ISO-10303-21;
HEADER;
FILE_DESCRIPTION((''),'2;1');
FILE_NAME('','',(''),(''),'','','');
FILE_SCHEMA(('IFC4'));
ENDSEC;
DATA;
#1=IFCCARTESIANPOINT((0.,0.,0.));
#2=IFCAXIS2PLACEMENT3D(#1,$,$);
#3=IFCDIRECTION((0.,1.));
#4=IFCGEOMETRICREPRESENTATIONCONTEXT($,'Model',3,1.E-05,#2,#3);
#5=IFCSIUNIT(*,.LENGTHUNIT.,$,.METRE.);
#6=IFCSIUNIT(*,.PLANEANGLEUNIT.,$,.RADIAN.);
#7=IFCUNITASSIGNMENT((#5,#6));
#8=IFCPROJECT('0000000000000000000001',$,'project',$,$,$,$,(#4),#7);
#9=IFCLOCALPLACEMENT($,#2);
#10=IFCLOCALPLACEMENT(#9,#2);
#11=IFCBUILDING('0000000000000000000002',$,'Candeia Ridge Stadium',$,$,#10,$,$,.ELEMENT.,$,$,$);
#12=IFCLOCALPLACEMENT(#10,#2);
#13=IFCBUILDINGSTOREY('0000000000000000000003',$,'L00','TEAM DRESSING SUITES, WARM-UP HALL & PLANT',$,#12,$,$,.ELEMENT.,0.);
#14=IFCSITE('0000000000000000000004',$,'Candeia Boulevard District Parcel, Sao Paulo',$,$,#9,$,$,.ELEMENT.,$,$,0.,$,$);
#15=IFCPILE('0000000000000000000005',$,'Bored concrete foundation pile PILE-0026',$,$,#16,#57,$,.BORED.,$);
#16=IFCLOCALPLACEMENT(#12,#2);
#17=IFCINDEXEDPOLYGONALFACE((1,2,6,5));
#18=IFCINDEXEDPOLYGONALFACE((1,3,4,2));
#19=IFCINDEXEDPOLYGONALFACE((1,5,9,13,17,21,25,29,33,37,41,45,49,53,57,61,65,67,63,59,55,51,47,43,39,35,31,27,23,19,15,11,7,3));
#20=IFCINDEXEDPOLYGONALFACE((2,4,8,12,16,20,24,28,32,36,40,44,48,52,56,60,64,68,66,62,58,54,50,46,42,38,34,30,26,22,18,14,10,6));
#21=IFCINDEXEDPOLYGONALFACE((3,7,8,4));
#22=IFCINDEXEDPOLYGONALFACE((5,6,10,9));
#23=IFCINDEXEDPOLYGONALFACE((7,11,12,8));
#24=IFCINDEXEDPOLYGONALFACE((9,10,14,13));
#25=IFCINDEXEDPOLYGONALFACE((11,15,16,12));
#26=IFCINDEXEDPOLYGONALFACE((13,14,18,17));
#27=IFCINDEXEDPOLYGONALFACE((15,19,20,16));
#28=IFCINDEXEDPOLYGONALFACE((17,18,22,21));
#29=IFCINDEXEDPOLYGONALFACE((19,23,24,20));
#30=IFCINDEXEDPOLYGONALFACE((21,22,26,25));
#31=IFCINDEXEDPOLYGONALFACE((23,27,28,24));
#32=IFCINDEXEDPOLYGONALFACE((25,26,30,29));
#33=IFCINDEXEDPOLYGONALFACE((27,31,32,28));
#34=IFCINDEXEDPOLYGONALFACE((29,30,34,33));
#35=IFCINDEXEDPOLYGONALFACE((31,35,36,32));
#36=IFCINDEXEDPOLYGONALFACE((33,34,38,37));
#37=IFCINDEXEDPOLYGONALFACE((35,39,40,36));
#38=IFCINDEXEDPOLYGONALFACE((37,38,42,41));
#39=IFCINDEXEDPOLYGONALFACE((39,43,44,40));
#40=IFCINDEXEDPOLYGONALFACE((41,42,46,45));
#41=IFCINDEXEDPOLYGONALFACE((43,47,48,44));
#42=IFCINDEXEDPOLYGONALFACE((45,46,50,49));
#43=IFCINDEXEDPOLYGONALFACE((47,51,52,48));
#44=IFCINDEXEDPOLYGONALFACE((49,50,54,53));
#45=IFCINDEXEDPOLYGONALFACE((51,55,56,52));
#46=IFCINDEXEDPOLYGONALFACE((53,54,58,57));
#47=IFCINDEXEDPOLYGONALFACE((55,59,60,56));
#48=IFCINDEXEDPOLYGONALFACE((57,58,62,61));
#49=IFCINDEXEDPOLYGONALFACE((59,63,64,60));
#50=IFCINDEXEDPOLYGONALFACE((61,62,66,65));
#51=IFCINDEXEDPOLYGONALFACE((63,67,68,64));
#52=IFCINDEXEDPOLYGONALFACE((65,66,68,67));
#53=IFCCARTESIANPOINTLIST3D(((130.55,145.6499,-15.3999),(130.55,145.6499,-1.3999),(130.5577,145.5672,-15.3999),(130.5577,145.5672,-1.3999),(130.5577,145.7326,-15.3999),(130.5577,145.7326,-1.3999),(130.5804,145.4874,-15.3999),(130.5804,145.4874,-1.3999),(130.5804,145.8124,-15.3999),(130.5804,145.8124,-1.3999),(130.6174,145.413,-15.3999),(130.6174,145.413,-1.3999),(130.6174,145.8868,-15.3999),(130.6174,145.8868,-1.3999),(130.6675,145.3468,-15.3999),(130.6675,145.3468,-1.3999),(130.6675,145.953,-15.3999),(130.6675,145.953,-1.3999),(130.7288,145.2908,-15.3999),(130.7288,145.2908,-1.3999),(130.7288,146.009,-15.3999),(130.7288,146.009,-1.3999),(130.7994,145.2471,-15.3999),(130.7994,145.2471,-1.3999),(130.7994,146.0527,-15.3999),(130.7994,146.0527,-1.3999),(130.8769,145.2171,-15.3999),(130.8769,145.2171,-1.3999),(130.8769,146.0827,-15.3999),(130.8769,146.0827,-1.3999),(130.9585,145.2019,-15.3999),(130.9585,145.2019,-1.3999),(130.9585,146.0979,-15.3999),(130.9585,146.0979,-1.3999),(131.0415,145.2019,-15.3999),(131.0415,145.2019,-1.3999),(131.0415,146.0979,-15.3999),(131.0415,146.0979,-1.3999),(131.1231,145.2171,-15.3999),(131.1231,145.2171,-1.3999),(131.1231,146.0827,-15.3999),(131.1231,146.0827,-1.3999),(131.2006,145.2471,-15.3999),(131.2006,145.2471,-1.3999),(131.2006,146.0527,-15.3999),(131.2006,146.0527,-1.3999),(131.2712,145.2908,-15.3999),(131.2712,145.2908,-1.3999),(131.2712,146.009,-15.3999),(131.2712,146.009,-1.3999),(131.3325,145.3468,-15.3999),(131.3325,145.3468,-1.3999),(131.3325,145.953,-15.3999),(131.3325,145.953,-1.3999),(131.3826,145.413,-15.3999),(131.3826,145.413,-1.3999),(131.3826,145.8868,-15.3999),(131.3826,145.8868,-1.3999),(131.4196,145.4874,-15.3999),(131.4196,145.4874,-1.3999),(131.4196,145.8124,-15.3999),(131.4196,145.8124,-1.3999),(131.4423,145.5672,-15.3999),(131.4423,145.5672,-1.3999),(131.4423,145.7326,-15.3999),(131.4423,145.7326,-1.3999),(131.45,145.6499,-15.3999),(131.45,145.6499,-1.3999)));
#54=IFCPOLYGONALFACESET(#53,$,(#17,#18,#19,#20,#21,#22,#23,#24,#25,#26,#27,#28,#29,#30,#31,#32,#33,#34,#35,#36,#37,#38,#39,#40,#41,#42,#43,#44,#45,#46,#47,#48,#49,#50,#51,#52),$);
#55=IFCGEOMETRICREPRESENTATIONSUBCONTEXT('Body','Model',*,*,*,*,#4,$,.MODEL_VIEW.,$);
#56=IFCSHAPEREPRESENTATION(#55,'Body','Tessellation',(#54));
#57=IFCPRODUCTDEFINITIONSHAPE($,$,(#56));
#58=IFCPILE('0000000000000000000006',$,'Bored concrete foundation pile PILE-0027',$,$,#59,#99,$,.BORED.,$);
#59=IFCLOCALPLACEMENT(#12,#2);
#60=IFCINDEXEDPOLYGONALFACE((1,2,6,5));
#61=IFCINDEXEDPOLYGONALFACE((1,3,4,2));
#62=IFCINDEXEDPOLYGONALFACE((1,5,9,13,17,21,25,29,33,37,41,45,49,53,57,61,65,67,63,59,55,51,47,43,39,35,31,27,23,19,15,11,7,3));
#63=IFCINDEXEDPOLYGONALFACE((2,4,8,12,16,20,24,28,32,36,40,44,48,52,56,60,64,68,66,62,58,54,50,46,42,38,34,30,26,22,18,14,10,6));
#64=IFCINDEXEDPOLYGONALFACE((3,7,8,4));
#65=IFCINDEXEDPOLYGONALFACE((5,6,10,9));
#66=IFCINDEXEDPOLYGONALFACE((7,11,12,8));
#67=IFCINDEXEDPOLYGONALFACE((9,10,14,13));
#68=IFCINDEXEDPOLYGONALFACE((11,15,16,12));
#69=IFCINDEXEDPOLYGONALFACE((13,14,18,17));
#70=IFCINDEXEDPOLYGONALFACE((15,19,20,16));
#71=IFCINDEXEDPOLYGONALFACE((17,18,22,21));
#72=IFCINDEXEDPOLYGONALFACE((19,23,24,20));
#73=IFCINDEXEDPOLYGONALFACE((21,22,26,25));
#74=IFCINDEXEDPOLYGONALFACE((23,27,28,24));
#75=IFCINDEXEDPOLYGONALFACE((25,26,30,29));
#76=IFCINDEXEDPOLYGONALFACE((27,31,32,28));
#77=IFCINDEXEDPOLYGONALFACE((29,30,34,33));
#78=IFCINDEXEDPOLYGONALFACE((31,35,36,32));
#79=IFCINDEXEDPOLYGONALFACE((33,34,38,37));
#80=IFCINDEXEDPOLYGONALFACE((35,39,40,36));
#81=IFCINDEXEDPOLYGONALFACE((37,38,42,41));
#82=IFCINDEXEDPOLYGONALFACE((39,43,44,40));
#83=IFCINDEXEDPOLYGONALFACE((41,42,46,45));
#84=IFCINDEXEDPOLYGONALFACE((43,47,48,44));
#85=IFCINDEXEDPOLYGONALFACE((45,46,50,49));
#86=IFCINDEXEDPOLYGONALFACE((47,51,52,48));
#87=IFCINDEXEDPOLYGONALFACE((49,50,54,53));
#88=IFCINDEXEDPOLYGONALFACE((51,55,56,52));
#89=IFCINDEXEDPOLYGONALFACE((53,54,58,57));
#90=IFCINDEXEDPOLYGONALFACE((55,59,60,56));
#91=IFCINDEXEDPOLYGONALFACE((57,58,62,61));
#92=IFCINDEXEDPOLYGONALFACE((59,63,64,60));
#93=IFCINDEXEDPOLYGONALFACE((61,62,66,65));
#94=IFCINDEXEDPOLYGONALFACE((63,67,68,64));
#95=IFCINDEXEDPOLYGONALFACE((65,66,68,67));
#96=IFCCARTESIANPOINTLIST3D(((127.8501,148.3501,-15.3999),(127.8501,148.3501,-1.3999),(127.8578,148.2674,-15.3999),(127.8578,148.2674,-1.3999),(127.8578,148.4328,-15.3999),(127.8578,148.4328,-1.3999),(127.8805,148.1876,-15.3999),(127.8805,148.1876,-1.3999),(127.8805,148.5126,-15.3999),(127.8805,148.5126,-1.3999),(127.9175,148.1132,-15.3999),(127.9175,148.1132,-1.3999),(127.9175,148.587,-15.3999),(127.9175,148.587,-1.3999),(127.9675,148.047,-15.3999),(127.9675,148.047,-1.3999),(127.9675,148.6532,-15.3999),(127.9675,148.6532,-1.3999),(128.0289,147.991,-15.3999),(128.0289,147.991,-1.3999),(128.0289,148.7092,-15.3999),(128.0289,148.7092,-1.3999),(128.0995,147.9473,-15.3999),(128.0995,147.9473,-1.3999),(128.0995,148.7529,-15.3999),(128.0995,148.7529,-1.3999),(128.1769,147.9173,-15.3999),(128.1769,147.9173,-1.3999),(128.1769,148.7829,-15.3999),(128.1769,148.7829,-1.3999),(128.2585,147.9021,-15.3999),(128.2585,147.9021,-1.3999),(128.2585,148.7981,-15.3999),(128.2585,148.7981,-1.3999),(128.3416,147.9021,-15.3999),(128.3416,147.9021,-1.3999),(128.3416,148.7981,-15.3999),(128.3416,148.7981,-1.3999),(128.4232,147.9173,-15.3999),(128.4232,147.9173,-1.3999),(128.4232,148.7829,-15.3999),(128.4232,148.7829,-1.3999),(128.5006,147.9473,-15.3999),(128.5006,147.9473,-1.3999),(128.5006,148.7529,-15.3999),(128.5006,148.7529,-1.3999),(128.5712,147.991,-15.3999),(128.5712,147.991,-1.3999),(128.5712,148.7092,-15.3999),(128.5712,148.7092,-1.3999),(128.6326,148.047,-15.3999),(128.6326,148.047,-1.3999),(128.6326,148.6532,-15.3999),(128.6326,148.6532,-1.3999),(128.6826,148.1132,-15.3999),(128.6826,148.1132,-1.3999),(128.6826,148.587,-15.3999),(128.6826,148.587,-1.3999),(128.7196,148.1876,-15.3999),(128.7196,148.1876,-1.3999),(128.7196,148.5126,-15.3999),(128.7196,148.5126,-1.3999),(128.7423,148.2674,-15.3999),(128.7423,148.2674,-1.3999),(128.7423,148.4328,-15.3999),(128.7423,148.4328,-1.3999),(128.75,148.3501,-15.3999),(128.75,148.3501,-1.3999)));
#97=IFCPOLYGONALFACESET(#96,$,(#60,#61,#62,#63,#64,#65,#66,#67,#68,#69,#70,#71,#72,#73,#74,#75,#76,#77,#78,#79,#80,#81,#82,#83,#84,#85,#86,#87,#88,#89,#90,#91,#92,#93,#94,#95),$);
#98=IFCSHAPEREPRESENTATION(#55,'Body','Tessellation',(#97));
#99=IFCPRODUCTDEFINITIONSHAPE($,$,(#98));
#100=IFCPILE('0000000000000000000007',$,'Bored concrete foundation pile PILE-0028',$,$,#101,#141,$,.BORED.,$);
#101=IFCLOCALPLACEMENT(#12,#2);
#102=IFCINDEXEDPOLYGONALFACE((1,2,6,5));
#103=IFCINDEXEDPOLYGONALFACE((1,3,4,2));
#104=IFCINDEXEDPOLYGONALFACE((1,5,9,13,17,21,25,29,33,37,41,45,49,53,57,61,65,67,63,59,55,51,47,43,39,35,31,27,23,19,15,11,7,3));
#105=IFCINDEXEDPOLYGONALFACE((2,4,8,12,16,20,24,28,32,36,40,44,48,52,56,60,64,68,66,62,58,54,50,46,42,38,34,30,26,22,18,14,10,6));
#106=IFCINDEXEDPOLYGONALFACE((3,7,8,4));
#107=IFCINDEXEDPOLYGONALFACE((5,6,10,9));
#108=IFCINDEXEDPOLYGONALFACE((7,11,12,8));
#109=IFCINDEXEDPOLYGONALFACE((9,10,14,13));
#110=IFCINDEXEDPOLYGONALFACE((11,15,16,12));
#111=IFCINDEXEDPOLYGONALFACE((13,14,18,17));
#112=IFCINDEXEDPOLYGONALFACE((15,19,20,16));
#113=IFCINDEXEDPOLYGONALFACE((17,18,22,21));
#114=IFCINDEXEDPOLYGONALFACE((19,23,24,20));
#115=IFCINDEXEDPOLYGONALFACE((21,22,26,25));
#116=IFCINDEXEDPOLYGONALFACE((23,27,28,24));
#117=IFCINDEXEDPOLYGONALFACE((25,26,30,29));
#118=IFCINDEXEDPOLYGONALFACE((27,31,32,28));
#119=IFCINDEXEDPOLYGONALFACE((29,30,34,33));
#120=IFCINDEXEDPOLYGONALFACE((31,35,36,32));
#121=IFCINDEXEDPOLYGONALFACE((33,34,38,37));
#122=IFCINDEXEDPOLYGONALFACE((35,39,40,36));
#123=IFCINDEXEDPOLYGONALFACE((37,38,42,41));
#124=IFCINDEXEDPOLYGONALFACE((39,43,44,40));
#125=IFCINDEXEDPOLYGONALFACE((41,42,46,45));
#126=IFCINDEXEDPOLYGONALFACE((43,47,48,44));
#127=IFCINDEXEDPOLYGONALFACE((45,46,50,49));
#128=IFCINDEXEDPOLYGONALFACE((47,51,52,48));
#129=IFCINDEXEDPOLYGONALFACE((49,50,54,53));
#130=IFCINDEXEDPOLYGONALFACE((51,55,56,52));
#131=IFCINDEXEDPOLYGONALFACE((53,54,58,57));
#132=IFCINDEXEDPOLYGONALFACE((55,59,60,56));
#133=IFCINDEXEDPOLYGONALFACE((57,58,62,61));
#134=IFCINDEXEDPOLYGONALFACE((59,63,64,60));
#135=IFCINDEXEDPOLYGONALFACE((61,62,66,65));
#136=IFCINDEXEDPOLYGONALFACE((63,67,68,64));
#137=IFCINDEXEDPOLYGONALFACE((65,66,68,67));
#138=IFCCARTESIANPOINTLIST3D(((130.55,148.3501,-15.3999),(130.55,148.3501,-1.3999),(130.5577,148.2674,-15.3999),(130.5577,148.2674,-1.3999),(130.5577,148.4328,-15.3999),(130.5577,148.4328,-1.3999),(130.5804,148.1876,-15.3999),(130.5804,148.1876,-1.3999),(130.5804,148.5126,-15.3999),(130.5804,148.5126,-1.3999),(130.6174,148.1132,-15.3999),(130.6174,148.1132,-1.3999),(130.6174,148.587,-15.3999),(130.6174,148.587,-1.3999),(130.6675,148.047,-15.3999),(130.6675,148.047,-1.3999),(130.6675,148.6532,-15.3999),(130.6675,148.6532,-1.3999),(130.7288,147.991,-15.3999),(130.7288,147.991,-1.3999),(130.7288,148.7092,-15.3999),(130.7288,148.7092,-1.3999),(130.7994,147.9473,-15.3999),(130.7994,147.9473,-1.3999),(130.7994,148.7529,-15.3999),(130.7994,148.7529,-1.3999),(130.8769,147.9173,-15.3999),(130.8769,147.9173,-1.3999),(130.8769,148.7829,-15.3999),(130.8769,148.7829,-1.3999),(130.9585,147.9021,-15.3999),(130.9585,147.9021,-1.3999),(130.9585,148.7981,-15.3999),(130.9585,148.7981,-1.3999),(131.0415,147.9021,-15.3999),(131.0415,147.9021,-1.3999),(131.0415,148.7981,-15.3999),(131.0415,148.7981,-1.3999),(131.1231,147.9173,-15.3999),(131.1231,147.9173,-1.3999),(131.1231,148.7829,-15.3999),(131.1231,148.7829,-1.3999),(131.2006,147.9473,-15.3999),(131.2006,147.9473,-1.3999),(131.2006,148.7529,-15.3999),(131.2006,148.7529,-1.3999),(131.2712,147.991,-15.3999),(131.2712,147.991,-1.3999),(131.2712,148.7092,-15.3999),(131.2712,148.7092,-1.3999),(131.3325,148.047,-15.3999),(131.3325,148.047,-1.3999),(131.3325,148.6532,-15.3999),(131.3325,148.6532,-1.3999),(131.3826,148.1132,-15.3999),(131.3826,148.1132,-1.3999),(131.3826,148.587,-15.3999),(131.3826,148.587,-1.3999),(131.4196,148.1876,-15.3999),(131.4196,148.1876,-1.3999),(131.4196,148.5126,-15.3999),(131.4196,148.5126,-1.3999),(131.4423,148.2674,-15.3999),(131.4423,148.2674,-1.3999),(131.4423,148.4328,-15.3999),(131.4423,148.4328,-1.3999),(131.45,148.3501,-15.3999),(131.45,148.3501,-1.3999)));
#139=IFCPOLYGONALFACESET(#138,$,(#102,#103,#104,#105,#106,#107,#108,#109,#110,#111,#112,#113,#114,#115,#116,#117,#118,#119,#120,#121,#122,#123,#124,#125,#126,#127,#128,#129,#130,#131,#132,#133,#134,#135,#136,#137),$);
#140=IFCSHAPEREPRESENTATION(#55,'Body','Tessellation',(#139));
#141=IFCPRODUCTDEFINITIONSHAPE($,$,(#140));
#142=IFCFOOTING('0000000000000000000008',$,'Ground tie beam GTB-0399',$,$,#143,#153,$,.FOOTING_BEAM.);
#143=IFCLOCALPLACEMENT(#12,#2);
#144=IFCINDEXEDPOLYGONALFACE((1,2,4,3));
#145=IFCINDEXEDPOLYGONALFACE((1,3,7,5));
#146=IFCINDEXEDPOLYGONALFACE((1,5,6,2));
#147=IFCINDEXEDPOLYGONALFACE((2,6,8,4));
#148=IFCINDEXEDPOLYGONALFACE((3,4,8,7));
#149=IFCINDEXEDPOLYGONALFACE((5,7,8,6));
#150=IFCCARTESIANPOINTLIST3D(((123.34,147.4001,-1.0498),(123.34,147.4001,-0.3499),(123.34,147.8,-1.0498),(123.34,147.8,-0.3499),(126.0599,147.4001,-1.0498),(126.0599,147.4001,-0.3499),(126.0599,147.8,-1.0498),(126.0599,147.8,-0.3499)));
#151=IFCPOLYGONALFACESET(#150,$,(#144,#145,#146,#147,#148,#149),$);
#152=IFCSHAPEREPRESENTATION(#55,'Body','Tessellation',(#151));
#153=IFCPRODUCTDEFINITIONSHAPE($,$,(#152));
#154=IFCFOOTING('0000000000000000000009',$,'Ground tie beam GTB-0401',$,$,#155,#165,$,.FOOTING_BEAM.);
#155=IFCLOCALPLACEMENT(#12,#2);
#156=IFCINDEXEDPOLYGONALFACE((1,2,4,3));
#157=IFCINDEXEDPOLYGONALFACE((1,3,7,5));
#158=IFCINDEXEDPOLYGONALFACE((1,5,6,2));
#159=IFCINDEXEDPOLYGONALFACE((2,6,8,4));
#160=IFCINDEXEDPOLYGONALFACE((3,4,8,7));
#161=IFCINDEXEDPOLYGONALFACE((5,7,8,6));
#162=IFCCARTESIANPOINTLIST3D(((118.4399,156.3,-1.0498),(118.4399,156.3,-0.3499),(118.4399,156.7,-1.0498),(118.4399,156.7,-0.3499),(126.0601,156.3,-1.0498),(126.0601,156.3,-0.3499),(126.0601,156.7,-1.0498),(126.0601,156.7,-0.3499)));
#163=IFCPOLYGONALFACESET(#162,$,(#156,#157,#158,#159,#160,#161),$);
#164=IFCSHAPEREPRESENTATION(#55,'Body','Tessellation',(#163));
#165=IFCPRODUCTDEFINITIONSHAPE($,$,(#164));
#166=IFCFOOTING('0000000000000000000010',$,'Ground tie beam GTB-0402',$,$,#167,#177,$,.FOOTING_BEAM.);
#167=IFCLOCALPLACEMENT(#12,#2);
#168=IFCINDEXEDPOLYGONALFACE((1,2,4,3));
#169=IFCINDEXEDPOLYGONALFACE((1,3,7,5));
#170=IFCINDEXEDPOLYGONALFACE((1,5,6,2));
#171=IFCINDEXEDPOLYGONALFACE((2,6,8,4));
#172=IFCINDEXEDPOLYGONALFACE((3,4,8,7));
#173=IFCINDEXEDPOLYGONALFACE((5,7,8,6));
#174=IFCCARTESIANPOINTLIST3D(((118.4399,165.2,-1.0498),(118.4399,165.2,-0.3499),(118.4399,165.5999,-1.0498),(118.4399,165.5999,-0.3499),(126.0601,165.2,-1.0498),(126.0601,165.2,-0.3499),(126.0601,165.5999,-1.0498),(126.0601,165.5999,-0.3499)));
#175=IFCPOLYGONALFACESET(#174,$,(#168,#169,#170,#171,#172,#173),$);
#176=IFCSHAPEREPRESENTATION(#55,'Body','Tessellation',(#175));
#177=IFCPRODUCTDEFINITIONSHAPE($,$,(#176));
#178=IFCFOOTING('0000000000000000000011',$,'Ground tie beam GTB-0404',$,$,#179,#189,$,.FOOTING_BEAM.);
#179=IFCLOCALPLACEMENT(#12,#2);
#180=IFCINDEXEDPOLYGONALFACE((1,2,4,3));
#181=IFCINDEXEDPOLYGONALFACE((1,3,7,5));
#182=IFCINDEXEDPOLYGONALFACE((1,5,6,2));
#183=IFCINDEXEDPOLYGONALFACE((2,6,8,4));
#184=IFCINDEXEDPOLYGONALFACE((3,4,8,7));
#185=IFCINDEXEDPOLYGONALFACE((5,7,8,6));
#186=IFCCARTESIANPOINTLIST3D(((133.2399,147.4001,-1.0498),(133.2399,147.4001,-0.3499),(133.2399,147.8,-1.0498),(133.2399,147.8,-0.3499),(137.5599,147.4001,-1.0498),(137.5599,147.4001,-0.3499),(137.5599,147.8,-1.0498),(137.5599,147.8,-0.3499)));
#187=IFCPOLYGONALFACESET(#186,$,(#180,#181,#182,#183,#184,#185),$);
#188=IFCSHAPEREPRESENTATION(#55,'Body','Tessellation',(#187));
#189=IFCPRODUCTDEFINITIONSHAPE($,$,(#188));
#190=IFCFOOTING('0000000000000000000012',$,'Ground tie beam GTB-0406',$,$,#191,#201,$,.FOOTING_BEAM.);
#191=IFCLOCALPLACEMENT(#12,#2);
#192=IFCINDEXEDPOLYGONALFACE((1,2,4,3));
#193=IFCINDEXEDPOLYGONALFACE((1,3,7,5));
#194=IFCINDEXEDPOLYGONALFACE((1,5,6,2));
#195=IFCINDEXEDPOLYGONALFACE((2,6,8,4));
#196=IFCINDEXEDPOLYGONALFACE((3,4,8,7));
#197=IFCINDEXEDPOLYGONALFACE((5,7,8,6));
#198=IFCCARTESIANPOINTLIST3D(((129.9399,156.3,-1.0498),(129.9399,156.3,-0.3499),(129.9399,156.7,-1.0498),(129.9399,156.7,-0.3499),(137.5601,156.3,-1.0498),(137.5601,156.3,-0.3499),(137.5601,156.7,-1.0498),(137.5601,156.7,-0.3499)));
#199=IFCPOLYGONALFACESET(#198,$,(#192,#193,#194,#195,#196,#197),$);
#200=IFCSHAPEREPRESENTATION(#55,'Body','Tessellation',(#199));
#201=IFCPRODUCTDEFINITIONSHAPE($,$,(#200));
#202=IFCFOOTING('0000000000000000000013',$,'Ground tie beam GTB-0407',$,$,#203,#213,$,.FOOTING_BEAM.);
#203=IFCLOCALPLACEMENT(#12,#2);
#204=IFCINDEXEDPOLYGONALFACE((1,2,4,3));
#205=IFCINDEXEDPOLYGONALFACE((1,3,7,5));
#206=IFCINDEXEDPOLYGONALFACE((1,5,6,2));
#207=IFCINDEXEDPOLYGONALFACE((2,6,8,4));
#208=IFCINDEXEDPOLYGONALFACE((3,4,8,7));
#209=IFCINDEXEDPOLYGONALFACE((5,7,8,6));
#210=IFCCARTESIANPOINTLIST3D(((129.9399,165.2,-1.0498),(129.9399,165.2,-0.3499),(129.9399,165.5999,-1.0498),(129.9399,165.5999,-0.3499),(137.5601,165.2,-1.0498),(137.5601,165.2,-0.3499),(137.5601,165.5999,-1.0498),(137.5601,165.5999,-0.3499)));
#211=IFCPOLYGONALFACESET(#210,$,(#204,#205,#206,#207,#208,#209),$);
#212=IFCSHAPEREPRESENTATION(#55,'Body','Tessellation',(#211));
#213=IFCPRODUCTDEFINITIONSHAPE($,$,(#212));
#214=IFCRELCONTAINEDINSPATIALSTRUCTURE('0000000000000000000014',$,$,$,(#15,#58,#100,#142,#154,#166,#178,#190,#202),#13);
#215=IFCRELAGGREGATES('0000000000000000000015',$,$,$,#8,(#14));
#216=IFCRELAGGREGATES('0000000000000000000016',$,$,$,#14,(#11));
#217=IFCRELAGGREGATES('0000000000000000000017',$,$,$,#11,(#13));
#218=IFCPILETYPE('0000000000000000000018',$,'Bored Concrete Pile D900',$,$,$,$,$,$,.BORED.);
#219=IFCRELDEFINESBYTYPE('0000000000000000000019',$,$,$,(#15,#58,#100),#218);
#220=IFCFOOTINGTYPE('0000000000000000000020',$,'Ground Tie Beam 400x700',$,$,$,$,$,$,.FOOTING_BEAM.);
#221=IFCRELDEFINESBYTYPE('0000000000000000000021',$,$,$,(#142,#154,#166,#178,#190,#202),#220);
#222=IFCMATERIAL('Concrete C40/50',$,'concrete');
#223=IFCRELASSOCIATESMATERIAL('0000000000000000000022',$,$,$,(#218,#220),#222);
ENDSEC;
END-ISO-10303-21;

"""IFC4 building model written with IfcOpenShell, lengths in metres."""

from ifc_helpers import new_model, si_unit, direction, frame, origin, origin_2d, place, context, subcontext, project, spatial, rectangle, circle, extrude, material, material_profile, profile_set, type_object, element, save


model = new_model("IFC4")

# Units and contexts
model_context = context("Model", 3, precision=1e-05, world=origin(), true_north=direction((0.0, 1.0)))
body_context = subcontext(model_context, "Body", "Model", "MODEL_VIEW")
ifc_project = project(units=[si_unit("LENGTHUNIT", "METRE"), si_unit("PLANEANGLEUNIT", "RADIAN")], contexts=[model_context])

# Site, building, storey
site_placement = place(None, origin())
site = spatial("IfcSite", under=ifc_project, at=site_placement, Name="Candeia Boulevard District Parcel, Sao Paulo", CompositionType="ELEMENT", RefElevation=0.0)
building_placement = place(site_placement, origin())
building = spatial("IfcBuilding", under=site, at=building_placement, Name="Candeia Ridge Stadium", CompositionType="ELEMENT")
storey_placement = place(building_placement, origin())
storey = spatial("IfcBuildingStorey", under=building, at=storey_placement, Name="L00", Description="TEAM DRESSING SUITES, WARM-UP HALL & PLANT", CompositionType="ELEMENT", Elevation=0.0)

# Piles
ifc_material_1 = material(Name="Concrete C40/50", Category="concrete")
ifc_material_profile_1 = material_profile(ifc_material_1, circle(Radius=0.45, at=origin_2d()), Name="PILE-D900", Category="concrete")
ifc_profile_set_1 = profile_set([ifc_material_profile_1], Name="Concrete C40/50")
pile_type_1 = type_object("IfcPileType", Name="Bored Concrete Pile D900", PredefinedType="BORED", material=ifc_profile_set_1)
for number, where, z_axis, x_axis, name in (
    (1, (131.0, 145.6499, -1.3999), (0.0, 0.0, -1.0), (1.0, 0.0, 0.0), "Bored concrete foundation pile PILE-0026"),
    (2, (128.3, 148.3501, -1.3999), (0.0, 0.0, -1.0), (1.0, 0.0, 0.0), "Bored concrete foundation pile PILE-0027"),
    (3, (131.0, 148.3501, -1.3999), (0.0, 0.0, -1.0), (1.0, 0.0, 0.0), "Bored concrete foundation pile PILE-0028"),
):
    element("IfcPile", number, at=place(storey_placement, frame(where, z_axis=z_axis, x_axis=x_axis)), inside=storey, type_object=pile_type_1, Name=name, PredefinedType="BORED", context=body_context, shape_type="SweptSolid", body=[
        extrude(circle(Radius=0.45, at=origin_2d()), origin(), (0.0, 0.0, 1.0), 14.0),
    ])

# Footings
footing_type_1 = type_object("IfcFootingType", Name="Ground Tie Beam 400x700", PredefinedType="FOOTING_BEAM", material=ifc_material_1)
footing_1_placement = place(storey_placement, frame((124.7, 147.6001, -1.0498), z_axis=(0.0, 0.0, 1.0), x_axis=(1.0, 0.0, 0.0)))
element("IfcFooting", 4, at=footing_1_placement, inside=storey, type_object=footing_type_1, Name="Ground tie beam GTB-0399", PredefinedType="FOOTING_BEAM", context=body_context, shape_type="SweptSolid", body=[
    extrude(rectangle(XDim=2.72, YDim=0.3999, at=origin_2d()), origin(), (0.0, 0.0, 1.0), 0.7),
])
for number, where, z_axis, x_axis, name in (
    (5, (122.25, 156.5, -1.0498), (0.0, 0.0, 1.0), (1.0, 0.0, 0.0), "Ground tie beam GTB-0401"),
    (6, (122.25, 165.3999, -1.0498), (0.0, 0.0, 1.0), (1.0, 0.0, 0.0), "Ground tie beam GTB-0402"),
):
    element("IfcFooting", number, at=place(storey_placement, frame(where, z_axis=z_axis, x_axis=x_axis)), inside=storey, type_object=footing_type_1, Name=name, PredefinedType="FOOTING_BEAM", context=body_context, shape_type="SweptSolid", body=[
        extrude(rectangle(XDim=7.6201, YDim=0.3999, at=origin_2d()), origin(), (0.0, 0.0, 1.0), 0.7),
    ])
footing_2_placement = place(storey_placement, frame((135.3999, 147.6001, -1.0498), z_axis=(0.0, 0.0, 1.0), x_axis=(1.0, 0.0, 0.0)))
element("IfcFooting", 7, at=footing_2_placement, inside=storey, type_object=footing_type_1, Name="Ground tie beam GTB-0404", PredefinedType="FOOTING_BEAM", context=body_context, shape_type="SweptSolid", body=[
    extrude(rectangle(XDim=4.3201, YDim=0.3999, at=origin_2d()), origin(), (0.0, 0.0, 1.0), 0.7),
])
for number, where, z_axis, x_axis, name in (
    (8, (133.75, 156.5, -1.0498), (0.0, 0.0, 1.0), (1.0, 0.0, 0.0), "Ground tie beam GTB-0406"),
    (9, (133.75, 165.3999, -1.0498), (0.0, 0.0, 1.0), (1.0, 0.0, 0.0), "Ground tie beam GTB-0407"),
):
    element("IfcFooting", number, at=place(storey_placement, frame(where, z_axis=z_axis, x_axis=x_axis)), inside=storey, type_object=footing_type_1, Name=name, PredefinedType="FOOTING_BEAM", context=body_context, shape_type="SweptSolid", body=[
        extrude(rectangle(XDim=7.6201, YDim=0.3999, at=origin_2d()), origin(), (0.0, 0.0, 1.0), 0.7),
    ])

save(model, "model.ifc")
